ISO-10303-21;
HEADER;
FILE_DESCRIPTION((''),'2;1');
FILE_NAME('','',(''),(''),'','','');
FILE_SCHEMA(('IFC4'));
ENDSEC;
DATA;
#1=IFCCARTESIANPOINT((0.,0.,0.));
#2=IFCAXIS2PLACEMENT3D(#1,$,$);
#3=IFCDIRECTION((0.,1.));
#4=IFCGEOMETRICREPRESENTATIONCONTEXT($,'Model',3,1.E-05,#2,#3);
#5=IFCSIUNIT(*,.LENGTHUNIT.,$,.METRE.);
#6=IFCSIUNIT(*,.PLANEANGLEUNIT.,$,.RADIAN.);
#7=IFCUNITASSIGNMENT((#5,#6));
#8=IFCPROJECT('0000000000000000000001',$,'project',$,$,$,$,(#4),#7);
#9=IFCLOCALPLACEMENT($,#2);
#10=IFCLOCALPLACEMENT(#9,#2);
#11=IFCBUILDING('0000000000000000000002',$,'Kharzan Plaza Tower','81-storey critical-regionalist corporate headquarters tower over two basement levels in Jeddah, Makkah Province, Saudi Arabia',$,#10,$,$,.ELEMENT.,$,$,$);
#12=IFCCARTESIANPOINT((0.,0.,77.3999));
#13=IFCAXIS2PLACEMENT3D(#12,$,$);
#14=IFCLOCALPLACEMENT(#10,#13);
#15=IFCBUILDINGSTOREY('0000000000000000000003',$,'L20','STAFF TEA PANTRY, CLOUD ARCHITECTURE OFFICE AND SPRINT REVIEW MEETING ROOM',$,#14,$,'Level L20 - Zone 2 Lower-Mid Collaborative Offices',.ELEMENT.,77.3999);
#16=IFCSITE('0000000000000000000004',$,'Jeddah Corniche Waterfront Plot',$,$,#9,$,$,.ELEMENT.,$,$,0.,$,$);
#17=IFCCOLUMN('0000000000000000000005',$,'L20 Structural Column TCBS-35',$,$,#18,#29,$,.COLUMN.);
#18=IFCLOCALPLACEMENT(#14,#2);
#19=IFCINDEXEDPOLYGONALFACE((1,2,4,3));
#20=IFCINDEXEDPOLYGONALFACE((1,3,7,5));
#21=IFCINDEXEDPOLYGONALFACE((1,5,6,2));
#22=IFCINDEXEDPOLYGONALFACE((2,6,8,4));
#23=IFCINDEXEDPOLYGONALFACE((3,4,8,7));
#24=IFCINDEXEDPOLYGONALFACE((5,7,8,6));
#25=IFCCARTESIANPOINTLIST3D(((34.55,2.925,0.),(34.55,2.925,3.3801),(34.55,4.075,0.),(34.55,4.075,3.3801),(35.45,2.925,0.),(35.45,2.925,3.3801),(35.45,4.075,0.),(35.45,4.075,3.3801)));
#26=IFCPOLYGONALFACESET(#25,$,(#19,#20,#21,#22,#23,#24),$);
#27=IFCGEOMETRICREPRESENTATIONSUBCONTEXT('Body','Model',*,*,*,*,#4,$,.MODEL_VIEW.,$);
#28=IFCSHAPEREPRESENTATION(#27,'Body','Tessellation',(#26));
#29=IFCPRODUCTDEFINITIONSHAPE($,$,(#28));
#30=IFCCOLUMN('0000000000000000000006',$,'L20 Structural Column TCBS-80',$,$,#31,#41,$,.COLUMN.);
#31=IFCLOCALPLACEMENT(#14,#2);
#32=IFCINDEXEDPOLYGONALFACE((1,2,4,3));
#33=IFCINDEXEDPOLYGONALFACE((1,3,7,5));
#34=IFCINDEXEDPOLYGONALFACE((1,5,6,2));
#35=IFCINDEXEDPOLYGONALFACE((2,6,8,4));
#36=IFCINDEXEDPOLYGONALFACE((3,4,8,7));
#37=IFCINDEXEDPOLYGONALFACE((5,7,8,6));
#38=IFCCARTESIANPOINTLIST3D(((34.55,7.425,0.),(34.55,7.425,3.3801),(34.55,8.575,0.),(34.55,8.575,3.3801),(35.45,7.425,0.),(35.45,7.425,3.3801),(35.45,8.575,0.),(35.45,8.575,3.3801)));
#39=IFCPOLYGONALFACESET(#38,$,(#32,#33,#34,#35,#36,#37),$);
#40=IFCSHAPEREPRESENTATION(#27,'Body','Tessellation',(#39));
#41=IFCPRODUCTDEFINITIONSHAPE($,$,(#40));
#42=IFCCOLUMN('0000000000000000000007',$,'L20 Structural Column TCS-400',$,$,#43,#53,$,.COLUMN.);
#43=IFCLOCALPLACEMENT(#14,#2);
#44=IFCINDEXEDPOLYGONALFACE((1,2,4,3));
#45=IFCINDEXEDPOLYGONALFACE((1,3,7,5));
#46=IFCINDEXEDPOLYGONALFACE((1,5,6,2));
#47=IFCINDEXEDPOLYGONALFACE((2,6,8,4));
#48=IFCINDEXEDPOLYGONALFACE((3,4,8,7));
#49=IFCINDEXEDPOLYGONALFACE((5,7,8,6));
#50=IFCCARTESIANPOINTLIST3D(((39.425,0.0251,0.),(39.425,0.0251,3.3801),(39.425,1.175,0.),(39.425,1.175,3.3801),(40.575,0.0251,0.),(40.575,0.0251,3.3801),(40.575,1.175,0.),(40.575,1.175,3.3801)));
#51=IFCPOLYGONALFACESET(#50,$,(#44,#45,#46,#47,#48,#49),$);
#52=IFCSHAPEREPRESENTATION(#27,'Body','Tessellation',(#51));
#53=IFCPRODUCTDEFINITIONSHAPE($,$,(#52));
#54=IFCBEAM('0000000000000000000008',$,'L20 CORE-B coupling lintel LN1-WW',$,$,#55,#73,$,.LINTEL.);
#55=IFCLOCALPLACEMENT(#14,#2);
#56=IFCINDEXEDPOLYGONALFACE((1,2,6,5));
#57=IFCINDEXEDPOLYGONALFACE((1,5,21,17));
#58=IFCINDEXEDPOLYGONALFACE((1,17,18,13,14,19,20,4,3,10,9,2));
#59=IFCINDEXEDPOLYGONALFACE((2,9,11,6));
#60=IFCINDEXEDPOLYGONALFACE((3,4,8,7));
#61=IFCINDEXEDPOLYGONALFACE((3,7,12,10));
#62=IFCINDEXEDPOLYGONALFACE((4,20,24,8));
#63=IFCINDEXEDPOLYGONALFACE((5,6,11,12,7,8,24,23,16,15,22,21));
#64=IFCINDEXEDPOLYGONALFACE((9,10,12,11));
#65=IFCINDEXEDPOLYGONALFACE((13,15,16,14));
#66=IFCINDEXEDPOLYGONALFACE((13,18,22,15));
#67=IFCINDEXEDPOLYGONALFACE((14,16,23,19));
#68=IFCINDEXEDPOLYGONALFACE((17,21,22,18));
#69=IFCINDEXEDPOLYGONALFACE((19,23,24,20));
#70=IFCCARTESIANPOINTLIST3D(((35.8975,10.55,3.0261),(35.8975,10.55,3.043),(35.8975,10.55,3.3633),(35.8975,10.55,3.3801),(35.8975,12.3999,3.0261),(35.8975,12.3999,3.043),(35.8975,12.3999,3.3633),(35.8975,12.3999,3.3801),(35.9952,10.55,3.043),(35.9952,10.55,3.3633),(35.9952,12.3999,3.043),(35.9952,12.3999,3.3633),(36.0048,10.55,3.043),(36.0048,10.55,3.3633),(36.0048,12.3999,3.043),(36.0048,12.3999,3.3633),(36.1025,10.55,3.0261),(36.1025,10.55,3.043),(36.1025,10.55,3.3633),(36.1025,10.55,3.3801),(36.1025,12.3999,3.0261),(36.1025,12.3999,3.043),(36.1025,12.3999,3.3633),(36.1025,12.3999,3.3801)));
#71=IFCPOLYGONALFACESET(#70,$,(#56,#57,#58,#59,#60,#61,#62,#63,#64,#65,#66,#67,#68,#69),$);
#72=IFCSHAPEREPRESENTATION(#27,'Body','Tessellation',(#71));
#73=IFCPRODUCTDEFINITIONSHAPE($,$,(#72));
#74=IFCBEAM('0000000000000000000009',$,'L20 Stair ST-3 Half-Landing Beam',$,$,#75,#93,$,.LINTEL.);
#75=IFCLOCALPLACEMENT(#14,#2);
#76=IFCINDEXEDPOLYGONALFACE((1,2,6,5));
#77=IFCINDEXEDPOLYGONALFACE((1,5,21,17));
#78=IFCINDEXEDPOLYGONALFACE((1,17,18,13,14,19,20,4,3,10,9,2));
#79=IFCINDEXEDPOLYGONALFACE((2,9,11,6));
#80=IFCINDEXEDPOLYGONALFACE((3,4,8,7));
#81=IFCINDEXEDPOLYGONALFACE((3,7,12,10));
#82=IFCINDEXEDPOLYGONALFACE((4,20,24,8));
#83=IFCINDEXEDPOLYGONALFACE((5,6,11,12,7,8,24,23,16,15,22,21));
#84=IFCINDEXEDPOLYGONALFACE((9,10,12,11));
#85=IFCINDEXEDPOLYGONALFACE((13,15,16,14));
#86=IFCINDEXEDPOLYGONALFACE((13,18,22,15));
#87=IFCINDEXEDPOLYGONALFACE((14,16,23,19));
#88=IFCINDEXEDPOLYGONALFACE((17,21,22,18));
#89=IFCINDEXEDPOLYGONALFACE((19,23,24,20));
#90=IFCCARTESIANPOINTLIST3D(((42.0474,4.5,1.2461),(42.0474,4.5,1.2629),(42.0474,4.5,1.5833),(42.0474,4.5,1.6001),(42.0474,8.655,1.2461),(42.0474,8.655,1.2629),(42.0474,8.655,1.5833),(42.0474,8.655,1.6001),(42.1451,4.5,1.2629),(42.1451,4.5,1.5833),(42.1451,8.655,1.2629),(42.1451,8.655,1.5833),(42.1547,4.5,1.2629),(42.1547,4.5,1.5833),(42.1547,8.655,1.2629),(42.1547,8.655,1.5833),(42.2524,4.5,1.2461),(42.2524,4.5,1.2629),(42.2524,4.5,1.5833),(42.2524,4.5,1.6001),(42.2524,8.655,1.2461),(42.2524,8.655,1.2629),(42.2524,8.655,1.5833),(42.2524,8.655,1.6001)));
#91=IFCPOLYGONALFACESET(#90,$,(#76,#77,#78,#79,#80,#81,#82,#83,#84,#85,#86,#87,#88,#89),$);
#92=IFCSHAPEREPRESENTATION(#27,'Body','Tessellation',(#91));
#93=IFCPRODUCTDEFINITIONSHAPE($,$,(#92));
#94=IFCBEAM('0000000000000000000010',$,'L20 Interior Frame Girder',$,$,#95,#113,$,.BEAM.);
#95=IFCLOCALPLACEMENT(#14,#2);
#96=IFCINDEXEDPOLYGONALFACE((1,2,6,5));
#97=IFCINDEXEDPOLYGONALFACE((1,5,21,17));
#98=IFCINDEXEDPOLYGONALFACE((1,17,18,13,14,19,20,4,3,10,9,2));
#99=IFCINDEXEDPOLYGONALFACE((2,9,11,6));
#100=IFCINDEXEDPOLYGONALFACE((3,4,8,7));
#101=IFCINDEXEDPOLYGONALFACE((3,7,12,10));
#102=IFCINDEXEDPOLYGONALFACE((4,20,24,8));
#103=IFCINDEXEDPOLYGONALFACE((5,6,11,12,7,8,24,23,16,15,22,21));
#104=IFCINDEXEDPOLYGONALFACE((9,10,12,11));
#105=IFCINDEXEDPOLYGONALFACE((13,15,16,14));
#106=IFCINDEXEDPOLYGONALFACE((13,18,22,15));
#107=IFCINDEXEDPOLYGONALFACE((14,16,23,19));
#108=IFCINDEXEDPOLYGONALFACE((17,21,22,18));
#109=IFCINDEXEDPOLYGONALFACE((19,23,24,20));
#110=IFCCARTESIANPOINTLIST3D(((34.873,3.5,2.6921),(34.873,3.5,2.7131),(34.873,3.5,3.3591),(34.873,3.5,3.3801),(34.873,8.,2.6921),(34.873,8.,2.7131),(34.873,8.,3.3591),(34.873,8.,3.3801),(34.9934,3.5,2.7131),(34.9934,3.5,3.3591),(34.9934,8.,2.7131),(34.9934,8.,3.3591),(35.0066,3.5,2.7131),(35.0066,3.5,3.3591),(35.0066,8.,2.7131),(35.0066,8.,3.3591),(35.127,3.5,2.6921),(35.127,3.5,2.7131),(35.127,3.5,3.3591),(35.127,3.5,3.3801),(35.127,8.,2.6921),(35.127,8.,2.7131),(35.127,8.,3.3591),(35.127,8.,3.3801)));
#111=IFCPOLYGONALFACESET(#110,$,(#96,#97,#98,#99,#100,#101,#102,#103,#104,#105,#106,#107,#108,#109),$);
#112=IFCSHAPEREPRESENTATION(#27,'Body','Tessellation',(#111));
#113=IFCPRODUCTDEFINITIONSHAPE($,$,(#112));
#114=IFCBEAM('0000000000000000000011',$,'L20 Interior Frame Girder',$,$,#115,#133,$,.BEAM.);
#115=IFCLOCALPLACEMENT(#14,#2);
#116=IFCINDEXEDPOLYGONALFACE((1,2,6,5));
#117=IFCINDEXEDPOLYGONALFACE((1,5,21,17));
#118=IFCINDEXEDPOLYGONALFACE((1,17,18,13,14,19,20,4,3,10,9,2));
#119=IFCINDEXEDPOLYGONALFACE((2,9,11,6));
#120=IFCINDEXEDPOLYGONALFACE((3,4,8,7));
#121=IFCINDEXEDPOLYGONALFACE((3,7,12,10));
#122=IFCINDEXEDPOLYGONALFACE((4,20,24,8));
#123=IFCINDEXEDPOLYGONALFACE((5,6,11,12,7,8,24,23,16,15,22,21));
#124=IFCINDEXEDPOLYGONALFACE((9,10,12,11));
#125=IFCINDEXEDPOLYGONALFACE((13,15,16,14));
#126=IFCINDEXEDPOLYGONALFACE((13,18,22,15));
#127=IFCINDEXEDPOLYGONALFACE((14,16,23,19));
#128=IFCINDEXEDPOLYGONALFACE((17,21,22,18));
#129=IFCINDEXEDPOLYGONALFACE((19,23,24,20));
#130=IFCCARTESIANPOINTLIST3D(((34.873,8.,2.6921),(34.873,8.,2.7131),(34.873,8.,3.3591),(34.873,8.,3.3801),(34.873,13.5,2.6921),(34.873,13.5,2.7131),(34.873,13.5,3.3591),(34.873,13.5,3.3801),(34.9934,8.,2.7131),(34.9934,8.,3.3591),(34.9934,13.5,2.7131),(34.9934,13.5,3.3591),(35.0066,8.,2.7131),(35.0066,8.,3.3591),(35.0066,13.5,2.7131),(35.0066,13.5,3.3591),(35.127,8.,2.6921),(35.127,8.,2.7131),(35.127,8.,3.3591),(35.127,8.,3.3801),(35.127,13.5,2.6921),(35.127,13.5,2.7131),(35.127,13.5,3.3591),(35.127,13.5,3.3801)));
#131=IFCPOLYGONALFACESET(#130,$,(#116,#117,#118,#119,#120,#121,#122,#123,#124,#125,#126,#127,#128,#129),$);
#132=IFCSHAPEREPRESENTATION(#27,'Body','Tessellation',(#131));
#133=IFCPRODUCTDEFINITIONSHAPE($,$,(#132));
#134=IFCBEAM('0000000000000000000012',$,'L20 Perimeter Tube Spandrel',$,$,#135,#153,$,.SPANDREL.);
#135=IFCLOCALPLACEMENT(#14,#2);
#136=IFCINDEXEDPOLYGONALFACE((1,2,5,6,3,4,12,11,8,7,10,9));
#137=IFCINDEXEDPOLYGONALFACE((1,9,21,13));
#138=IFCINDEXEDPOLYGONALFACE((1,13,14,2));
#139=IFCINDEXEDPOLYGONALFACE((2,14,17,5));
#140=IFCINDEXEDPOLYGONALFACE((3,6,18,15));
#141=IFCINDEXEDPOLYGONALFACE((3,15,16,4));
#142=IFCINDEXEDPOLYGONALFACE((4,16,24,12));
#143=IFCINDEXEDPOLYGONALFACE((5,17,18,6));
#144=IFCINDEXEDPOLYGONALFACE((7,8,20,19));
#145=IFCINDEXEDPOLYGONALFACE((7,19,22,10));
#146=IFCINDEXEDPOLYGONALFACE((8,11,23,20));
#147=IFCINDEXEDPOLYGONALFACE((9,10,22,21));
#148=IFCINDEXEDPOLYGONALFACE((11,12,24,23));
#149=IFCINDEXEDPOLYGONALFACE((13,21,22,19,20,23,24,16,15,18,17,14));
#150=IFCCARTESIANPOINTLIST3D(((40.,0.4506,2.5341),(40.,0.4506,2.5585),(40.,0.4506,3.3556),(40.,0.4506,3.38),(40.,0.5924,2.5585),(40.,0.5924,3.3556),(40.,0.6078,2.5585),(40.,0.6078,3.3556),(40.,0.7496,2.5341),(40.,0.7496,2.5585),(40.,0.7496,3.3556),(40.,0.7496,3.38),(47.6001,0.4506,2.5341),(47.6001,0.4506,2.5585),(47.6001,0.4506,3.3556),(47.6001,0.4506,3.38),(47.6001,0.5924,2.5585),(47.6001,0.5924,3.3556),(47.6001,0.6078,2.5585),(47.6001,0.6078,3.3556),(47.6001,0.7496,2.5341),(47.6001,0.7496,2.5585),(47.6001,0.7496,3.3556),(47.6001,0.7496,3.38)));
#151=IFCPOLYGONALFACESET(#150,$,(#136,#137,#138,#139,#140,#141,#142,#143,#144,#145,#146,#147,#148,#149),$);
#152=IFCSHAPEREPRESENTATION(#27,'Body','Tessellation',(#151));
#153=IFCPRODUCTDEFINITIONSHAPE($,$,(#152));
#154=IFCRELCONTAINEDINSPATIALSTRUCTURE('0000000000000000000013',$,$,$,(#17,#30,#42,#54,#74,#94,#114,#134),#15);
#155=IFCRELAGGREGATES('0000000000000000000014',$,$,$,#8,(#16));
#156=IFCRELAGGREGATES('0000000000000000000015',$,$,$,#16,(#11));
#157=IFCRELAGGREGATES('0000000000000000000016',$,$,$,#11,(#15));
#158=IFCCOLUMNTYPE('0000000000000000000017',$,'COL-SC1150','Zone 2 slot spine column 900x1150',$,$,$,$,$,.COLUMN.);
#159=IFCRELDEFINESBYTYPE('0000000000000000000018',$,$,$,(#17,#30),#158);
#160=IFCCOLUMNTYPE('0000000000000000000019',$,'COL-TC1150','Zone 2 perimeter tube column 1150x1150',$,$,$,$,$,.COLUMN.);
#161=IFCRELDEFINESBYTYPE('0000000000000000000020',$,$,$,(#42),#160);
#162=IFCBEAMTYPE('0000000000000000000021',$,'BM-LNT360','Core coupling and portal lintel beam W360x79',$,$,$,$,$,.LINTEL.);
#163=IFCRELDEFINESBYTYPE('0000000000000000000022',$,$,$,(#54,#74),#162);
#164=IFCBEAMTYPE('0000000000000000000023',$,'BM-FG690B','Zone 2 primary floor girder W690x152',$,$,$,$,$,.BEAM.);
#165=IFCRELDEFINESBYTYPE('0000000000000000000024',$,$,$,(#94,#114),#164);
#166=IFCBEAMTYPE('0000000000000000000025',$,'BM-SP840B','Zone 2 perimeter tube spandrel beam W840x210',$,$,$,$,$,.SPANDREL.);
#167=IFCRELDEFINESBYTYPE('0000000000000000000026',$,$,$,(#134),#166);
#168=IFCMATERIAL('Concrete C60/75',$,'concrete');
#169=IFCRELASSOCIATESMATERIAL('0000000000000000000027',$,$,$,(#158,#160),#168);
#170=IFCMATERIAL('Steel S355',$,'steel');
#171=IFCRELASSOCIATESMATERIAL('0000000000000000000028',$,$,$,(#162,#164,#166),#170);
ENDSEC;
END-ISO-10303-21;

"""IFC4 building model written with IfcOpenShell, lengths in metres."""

from ifc_helpers import new_model, si_unit, direction, frame, origin, origin_2d, place, context, subcontext, project, spatial, rectangle, i_section, extrude, source, transform, mapped, material, material_profile, profile_set, type_object, element, save


model = new_model("IFC4")

# Units and contexts
model_context = context("Model", 3, precision=1e-05, world=origin(), true_north=direction((0.0, 1.0)))
body_context = subcontext(model_context, "Body", "Model", "MODEL_VIEW")
ifc_project = project(units=[si_unit("LENGTHUNIT", "METRE"), si_unit("PLANEANGLEUNIT", "RADIAN")], contexts=[model_context])

# Site, building, storey
site_placement = place(None, origin())
site = spatial("IfcSite", under=ifc_project, at=site_placement, Name="Jeddah Corniche Waterfront Plot", CompositionType="ELEMENT", RefElevation=0.0)
building_placement = place(site_placement, origin())
building = spatial("IfcBuilding", under=site, at=building_placement, Name="Kharzan Plaza Tower", Description="81-storey critical-regionalist corporate headquarters tower over two basement levels in Jeddah, Makkah Province, Saudi Arabia", CompositionType="ELEMENT")
storey_placement = place(building_placement, frame((0.0, 0.0, 77.3999)))
storey = spatial("IfcBuildingStorey", under=building, at=storey_placement, Name="L20", Description="STAFF TEA PANTRY, CLOUD ARCHITECTURE OFFICE AND SPRINT REVIEW MEETING ROOM", LongName="Level L20 - Zone 2 Lower-Mid Collaborative Offices", CompositionType="ELEMENT", Elevation=77.3999)

# Columns
ifc_material_1 = material(Name="Concrete C60/75", Category="concrete")
ifc_material_profile_1 = material_profile(ifc_material_1, rectangle(XDim=0.8999, YDim=1.1499, at=origin_2d()), Name="RC-SC1150x900")
ifc_profile_set_1 = profile_set([ifc_material_profile_1], Name="Concrete C60/75")
column_type_1 = type_object("IfcColumnType", Name="COL-SC1150", Description="Zone 2 slot spine column 900x1150", PredefinedType="COLUMN", material=ifc_profile_set_1)
shared_shape_1 = source(origin(), body_context, "Body", "SweptSolid", [
    extrude(rectangle(XDim=0.8999, YDim=1.1499, at=origin_2d()), origin(), (0.0, 0.0, 1.0), 3.3801),
])
for number, where, z_axis, x_axis, name in (
    (1, (35.0, 3.5, 0.0), (0.0, 0.0, 1.0), (1.0, 0.0, 0.0), "L20 Structural Column TCBS-35"),
    (2, (35.0, 8.0, 0.0), (0.0, 0.0, 1.0), (1.0, 0.0, 0.0), "L20 Structural Column TCBS-80"),
):
    element("IfcColumn", number, at=place(storey_placement, frame(where, z_axis=z_axis, x_axis=x_axis)), inside=storey, type_object=column_type_1, Name=name, PredefinedType="COLUMN", context=body_context, shape_type="MappedRepresentation", body=[
        mapped(shared_shape_1, transform((0.0, 0.0, 0.0), x_axis=(1.0, 0.0, 0.0), y_axis=(0.0, 1.0, 0.0), z_axis=(0.0, 0.0, 1.0))),
    ])
ifc_material_profile_2 = material_profile(ifc_material_1, rectangle(XDim=1.1499, YDim=1.1499, at=origin_2d()), Name="RC-TC1150x1150")
ifc_profile_set_2 = profile_set([ifc_material_profile_2], Name="Concrete C60/75")
column_type_2 = type_object("IfcColumnType", Name="COL-TC1150", Description="Zone 2 perimeter tube column 1150x1150", PredefinedType="COLUMN", material=ifc_profile_set_2)
shared_shape_2 = source(origin(), body_context, "Body", "SweptSolid", [
    extrude(rectangle(XDim=1.1499, YDim=1.1499, at=origin_2d()), origin(), (0.0, 0.0, 1.0), 3.3801),
])
column_placement = place(storey_placement, frame((40.0, 0.6001, 0.0), z_axis=(0.0, 0.0, 1.0), x_axis=(1.0, 0.0, 0.0)))
element("IfcColumn", 3, at=column_placement, inside=storey, type_object=column_type_2, Name="L20 Structural Column TCS-400", PredefinedType="COLUMN", context=body_context, shape_type="MappedRepresentation", body=[
    mapped(shared_shape_2, transform((0.0, 0.0, 0.0), x_axis=(1.0, 0.0, 0.0), y_axis=(0.0, 1.0, 0.0), z_axis=(0.0, 0.0, 1.0))),
])

# Beams
ifc_material_2 = material(Name="Steel S355", Category="steel")
ifc_material_profile_3 = material_profile(ifc_material_2, i_section(OverallWidth=0.2051, OverallDepth=0.354, WebThickness=0.0095, FlangeThickness=0.0168, at=origin_2d()), Name="W360x79")
ifc_profile_set_3 = profile_set([ifc_material_profile_3], Name="Steel S355")
beam_type_1 = type_object("IfcBeamType", Name="BM-LNT360", Description="Core coupling and portal lintel beam W360x79", PredefinedType="LINTEL", material=ifc_profile_set_3)
shared_shape_3 = source(origin(), body_context, "Body", "SweptSolid", [
    extrude(i_section(OverallWidth=0.2051, OverallDepth=0.354, WebThickness=0.0095, FlangeThickness=0.0168, at=origin_2d()), origin(), (0.0, 0.0, 1.0), 1.8499),
])
beam_1_placement = place(storey_placement, frame((36.0, 10.55, 3.2031), z_axis=(0.0, 1.0, 0.0), x_axis=(-1.0, 0.0, 0.0)))
element("IfcBeam", 4, at=beam_1_placement, inside=storey, type_object=beam_type_1, Name="L20 CORE-B coupling lintel LN1-WW", PredefinedType="LINTEL", context=body_context, shape_type="MappedRepresentation", body=[
    mapped(shared_shape_3, transform((0.0, 0.0, 0.0), x_axis=(1.0, 0.0, 0.0), y_axis=(0.0, 1.0, 0.0), z_axis=(0.0, 0.0, 1.0))),
])
shared_shape_4 = source(origin(), body_context, "Body", "SweptSolid", [
    extrude(i_section(OverallWidth=0.2051, OverallDepth=0.354, WebThickness=0.0095, FlangeThickness=0.0168, at=origin_2d()), origin(), (0.0, 0.0, 1.0), 4.155),
])
beam_2_placement = place(storey_placement, frame((42.1499, 4.5, 1.4231), z_axis=(0.0, 1.0, 0.0), x_axis=(-1.0, 0.0, 0.0)))
element("IfcBeam", 5, at=beam_2_placement, inside=storey, type_object=beam_type_1, Name="L20 Stair ST-3 Half-Landing Beam", PredefinedType="LINTEL", context=body_context, shape_type="MappedRepresentation", body=[
    mapped(shared_shape_4, transform((0.0, 0.0, 0.0), x_axis=(1.0, 0.0, 0.0), y_axis=(0.0, 1.0, 0.0), z_axis=(0.0, 0.0, 1.0))),
])
ifc_material_profile_4 = material_profile(ifc_material_2, i_section(OverallWidth=0.2539, OverallDepth=0.688, WebThickness=0.0132, FlangeThickness=0.021, at=origin_2d()), Name="W690x152")
ifc_profile_set_4 = profile_set([ifc_material_profile_4], Name="Steel S355")
beam_type_2 = type_object("IfcBeamType", Name="BM-FG690B", Description="Zone 2 primary floor girder W690x152", PredefinedType="BEAM", material=ifc_profile_set_4)
shared_shape_5 = source(origin(), body_context, "Body", "SweptSolid", [
    extrude(i_section(OverallWidth=0.2539, OverallDepth=0.688, WebThickness=0.0132, FlangeThickness=0.021, at=origin_2d()), origin(), (0.0, 0.0, 1.0), 4.5),
])
beam_3_placement = place(storey_placement, frame((35.0, 3.5, 3.0361), z_axis=(0.0, 1.0, 0.0), x_axis=(-1.0, 0.0, 0.0)))
element("IfcBeam", 6, at=beam_3_placement, inside=storey, type_object=beam_type_2, Name="L20 Interior Frame Girder", PredefinedType="BEAM", context=body_context, shape_type="MappedRepresentation", body=[
    mapped(shared_shape_5, transform((0.0, 0.0, 0.0), x_axis=(1.0, 0.0, 0.0), y_axis=(0.0, 1.0, 0.0), z_axis=(0.0, 0.0, 1.0))),
])
shared_shape_6 = source(origin(), body_context, "Body", "SweptSolid", [
    extrude(i_section(OverallWidth=0.2539, OverallDepth=0.688, WebThickness=0.0132, FlangeThickness=0.021, at=origin_2d()), origin(), (0.0, 0.0, 1.0), 5.5),
])
beam_4_placement = place(storey_placement, frame((35.0, 8.0, 3.0361), z_axis=(0.0, 1.0, 0.0), x_axis=(-1.0, 0.0, 0.0)))
element("IfcBeam", 7, at=beam_4_placement, inside=storey, type_object=beam_type_2, Name="L20 Interior Frame Girder", PredefinedType="BEAM", context=body_context, shape_type="MappedRepresentation", body=[
    mapped(shared_shape_6, transform((0.0, 0.0, 0.0), x_axis=(1.0, 0.0, 0.0), y_axis=(0.0, 1.0, 0.0), z_axis=(0.0, 0.0, 1.0))),
])
ifc_material_profile_5 = material_profile(ifc_material_2, i_section(OverallWidth=0.2991, OverallDepth=0.8459, WebThickness=0.0154, FlangeThickness=0.0244, at=origin_2d()), Name="W840x210")
ifc_profile_set_5 = profile_set([ifc_material_profile_5], Name="Steel S355")
beam_type_3 = type_object("IfcBeamType", Name="BM-SP840B", Description="Zone 2 perimeter tube spandrel beam W840x210", PredefinedType="SPANDREL", material=ifc_profile_set_5)
shared_shape_7 = source(origin(), body_context, "Body", "SweptSolid", [
    extrude(i_section(OverallWidth=0.2991, OverallDepth=0.8459, WebThickness=0.0154, FlangeThickness=0.0244, at=origin_2d()), origin(), (0.0, 0.0, 1.0), 7.6001),
])
beam_5_placement = place(storey_placement, frame((40.0, 0.6001, 2.957), z_axis=(1.0, 0.0, 0.0), x_axis=(0.0, 1.0, 0.0)))
element("IfcBeam", 8, at=beam_5_placement, inside=storey, type_object=beam_type_3, Name="L20 Perimeter Tube Spandrel", PredefinedType="SPANDREL", context=body_context, shape_type="MappedRepresentation", body=[
    mapped(shared_shape_7, transform((0.0, 0.0, 0.0), x_axis=(1.0, 0.0, 0.0), y_axis=(0.0, 1.0, 0.0), z_axis=(0.0, 0.0, 1.0))),
])

save(model, "model.ifc")
